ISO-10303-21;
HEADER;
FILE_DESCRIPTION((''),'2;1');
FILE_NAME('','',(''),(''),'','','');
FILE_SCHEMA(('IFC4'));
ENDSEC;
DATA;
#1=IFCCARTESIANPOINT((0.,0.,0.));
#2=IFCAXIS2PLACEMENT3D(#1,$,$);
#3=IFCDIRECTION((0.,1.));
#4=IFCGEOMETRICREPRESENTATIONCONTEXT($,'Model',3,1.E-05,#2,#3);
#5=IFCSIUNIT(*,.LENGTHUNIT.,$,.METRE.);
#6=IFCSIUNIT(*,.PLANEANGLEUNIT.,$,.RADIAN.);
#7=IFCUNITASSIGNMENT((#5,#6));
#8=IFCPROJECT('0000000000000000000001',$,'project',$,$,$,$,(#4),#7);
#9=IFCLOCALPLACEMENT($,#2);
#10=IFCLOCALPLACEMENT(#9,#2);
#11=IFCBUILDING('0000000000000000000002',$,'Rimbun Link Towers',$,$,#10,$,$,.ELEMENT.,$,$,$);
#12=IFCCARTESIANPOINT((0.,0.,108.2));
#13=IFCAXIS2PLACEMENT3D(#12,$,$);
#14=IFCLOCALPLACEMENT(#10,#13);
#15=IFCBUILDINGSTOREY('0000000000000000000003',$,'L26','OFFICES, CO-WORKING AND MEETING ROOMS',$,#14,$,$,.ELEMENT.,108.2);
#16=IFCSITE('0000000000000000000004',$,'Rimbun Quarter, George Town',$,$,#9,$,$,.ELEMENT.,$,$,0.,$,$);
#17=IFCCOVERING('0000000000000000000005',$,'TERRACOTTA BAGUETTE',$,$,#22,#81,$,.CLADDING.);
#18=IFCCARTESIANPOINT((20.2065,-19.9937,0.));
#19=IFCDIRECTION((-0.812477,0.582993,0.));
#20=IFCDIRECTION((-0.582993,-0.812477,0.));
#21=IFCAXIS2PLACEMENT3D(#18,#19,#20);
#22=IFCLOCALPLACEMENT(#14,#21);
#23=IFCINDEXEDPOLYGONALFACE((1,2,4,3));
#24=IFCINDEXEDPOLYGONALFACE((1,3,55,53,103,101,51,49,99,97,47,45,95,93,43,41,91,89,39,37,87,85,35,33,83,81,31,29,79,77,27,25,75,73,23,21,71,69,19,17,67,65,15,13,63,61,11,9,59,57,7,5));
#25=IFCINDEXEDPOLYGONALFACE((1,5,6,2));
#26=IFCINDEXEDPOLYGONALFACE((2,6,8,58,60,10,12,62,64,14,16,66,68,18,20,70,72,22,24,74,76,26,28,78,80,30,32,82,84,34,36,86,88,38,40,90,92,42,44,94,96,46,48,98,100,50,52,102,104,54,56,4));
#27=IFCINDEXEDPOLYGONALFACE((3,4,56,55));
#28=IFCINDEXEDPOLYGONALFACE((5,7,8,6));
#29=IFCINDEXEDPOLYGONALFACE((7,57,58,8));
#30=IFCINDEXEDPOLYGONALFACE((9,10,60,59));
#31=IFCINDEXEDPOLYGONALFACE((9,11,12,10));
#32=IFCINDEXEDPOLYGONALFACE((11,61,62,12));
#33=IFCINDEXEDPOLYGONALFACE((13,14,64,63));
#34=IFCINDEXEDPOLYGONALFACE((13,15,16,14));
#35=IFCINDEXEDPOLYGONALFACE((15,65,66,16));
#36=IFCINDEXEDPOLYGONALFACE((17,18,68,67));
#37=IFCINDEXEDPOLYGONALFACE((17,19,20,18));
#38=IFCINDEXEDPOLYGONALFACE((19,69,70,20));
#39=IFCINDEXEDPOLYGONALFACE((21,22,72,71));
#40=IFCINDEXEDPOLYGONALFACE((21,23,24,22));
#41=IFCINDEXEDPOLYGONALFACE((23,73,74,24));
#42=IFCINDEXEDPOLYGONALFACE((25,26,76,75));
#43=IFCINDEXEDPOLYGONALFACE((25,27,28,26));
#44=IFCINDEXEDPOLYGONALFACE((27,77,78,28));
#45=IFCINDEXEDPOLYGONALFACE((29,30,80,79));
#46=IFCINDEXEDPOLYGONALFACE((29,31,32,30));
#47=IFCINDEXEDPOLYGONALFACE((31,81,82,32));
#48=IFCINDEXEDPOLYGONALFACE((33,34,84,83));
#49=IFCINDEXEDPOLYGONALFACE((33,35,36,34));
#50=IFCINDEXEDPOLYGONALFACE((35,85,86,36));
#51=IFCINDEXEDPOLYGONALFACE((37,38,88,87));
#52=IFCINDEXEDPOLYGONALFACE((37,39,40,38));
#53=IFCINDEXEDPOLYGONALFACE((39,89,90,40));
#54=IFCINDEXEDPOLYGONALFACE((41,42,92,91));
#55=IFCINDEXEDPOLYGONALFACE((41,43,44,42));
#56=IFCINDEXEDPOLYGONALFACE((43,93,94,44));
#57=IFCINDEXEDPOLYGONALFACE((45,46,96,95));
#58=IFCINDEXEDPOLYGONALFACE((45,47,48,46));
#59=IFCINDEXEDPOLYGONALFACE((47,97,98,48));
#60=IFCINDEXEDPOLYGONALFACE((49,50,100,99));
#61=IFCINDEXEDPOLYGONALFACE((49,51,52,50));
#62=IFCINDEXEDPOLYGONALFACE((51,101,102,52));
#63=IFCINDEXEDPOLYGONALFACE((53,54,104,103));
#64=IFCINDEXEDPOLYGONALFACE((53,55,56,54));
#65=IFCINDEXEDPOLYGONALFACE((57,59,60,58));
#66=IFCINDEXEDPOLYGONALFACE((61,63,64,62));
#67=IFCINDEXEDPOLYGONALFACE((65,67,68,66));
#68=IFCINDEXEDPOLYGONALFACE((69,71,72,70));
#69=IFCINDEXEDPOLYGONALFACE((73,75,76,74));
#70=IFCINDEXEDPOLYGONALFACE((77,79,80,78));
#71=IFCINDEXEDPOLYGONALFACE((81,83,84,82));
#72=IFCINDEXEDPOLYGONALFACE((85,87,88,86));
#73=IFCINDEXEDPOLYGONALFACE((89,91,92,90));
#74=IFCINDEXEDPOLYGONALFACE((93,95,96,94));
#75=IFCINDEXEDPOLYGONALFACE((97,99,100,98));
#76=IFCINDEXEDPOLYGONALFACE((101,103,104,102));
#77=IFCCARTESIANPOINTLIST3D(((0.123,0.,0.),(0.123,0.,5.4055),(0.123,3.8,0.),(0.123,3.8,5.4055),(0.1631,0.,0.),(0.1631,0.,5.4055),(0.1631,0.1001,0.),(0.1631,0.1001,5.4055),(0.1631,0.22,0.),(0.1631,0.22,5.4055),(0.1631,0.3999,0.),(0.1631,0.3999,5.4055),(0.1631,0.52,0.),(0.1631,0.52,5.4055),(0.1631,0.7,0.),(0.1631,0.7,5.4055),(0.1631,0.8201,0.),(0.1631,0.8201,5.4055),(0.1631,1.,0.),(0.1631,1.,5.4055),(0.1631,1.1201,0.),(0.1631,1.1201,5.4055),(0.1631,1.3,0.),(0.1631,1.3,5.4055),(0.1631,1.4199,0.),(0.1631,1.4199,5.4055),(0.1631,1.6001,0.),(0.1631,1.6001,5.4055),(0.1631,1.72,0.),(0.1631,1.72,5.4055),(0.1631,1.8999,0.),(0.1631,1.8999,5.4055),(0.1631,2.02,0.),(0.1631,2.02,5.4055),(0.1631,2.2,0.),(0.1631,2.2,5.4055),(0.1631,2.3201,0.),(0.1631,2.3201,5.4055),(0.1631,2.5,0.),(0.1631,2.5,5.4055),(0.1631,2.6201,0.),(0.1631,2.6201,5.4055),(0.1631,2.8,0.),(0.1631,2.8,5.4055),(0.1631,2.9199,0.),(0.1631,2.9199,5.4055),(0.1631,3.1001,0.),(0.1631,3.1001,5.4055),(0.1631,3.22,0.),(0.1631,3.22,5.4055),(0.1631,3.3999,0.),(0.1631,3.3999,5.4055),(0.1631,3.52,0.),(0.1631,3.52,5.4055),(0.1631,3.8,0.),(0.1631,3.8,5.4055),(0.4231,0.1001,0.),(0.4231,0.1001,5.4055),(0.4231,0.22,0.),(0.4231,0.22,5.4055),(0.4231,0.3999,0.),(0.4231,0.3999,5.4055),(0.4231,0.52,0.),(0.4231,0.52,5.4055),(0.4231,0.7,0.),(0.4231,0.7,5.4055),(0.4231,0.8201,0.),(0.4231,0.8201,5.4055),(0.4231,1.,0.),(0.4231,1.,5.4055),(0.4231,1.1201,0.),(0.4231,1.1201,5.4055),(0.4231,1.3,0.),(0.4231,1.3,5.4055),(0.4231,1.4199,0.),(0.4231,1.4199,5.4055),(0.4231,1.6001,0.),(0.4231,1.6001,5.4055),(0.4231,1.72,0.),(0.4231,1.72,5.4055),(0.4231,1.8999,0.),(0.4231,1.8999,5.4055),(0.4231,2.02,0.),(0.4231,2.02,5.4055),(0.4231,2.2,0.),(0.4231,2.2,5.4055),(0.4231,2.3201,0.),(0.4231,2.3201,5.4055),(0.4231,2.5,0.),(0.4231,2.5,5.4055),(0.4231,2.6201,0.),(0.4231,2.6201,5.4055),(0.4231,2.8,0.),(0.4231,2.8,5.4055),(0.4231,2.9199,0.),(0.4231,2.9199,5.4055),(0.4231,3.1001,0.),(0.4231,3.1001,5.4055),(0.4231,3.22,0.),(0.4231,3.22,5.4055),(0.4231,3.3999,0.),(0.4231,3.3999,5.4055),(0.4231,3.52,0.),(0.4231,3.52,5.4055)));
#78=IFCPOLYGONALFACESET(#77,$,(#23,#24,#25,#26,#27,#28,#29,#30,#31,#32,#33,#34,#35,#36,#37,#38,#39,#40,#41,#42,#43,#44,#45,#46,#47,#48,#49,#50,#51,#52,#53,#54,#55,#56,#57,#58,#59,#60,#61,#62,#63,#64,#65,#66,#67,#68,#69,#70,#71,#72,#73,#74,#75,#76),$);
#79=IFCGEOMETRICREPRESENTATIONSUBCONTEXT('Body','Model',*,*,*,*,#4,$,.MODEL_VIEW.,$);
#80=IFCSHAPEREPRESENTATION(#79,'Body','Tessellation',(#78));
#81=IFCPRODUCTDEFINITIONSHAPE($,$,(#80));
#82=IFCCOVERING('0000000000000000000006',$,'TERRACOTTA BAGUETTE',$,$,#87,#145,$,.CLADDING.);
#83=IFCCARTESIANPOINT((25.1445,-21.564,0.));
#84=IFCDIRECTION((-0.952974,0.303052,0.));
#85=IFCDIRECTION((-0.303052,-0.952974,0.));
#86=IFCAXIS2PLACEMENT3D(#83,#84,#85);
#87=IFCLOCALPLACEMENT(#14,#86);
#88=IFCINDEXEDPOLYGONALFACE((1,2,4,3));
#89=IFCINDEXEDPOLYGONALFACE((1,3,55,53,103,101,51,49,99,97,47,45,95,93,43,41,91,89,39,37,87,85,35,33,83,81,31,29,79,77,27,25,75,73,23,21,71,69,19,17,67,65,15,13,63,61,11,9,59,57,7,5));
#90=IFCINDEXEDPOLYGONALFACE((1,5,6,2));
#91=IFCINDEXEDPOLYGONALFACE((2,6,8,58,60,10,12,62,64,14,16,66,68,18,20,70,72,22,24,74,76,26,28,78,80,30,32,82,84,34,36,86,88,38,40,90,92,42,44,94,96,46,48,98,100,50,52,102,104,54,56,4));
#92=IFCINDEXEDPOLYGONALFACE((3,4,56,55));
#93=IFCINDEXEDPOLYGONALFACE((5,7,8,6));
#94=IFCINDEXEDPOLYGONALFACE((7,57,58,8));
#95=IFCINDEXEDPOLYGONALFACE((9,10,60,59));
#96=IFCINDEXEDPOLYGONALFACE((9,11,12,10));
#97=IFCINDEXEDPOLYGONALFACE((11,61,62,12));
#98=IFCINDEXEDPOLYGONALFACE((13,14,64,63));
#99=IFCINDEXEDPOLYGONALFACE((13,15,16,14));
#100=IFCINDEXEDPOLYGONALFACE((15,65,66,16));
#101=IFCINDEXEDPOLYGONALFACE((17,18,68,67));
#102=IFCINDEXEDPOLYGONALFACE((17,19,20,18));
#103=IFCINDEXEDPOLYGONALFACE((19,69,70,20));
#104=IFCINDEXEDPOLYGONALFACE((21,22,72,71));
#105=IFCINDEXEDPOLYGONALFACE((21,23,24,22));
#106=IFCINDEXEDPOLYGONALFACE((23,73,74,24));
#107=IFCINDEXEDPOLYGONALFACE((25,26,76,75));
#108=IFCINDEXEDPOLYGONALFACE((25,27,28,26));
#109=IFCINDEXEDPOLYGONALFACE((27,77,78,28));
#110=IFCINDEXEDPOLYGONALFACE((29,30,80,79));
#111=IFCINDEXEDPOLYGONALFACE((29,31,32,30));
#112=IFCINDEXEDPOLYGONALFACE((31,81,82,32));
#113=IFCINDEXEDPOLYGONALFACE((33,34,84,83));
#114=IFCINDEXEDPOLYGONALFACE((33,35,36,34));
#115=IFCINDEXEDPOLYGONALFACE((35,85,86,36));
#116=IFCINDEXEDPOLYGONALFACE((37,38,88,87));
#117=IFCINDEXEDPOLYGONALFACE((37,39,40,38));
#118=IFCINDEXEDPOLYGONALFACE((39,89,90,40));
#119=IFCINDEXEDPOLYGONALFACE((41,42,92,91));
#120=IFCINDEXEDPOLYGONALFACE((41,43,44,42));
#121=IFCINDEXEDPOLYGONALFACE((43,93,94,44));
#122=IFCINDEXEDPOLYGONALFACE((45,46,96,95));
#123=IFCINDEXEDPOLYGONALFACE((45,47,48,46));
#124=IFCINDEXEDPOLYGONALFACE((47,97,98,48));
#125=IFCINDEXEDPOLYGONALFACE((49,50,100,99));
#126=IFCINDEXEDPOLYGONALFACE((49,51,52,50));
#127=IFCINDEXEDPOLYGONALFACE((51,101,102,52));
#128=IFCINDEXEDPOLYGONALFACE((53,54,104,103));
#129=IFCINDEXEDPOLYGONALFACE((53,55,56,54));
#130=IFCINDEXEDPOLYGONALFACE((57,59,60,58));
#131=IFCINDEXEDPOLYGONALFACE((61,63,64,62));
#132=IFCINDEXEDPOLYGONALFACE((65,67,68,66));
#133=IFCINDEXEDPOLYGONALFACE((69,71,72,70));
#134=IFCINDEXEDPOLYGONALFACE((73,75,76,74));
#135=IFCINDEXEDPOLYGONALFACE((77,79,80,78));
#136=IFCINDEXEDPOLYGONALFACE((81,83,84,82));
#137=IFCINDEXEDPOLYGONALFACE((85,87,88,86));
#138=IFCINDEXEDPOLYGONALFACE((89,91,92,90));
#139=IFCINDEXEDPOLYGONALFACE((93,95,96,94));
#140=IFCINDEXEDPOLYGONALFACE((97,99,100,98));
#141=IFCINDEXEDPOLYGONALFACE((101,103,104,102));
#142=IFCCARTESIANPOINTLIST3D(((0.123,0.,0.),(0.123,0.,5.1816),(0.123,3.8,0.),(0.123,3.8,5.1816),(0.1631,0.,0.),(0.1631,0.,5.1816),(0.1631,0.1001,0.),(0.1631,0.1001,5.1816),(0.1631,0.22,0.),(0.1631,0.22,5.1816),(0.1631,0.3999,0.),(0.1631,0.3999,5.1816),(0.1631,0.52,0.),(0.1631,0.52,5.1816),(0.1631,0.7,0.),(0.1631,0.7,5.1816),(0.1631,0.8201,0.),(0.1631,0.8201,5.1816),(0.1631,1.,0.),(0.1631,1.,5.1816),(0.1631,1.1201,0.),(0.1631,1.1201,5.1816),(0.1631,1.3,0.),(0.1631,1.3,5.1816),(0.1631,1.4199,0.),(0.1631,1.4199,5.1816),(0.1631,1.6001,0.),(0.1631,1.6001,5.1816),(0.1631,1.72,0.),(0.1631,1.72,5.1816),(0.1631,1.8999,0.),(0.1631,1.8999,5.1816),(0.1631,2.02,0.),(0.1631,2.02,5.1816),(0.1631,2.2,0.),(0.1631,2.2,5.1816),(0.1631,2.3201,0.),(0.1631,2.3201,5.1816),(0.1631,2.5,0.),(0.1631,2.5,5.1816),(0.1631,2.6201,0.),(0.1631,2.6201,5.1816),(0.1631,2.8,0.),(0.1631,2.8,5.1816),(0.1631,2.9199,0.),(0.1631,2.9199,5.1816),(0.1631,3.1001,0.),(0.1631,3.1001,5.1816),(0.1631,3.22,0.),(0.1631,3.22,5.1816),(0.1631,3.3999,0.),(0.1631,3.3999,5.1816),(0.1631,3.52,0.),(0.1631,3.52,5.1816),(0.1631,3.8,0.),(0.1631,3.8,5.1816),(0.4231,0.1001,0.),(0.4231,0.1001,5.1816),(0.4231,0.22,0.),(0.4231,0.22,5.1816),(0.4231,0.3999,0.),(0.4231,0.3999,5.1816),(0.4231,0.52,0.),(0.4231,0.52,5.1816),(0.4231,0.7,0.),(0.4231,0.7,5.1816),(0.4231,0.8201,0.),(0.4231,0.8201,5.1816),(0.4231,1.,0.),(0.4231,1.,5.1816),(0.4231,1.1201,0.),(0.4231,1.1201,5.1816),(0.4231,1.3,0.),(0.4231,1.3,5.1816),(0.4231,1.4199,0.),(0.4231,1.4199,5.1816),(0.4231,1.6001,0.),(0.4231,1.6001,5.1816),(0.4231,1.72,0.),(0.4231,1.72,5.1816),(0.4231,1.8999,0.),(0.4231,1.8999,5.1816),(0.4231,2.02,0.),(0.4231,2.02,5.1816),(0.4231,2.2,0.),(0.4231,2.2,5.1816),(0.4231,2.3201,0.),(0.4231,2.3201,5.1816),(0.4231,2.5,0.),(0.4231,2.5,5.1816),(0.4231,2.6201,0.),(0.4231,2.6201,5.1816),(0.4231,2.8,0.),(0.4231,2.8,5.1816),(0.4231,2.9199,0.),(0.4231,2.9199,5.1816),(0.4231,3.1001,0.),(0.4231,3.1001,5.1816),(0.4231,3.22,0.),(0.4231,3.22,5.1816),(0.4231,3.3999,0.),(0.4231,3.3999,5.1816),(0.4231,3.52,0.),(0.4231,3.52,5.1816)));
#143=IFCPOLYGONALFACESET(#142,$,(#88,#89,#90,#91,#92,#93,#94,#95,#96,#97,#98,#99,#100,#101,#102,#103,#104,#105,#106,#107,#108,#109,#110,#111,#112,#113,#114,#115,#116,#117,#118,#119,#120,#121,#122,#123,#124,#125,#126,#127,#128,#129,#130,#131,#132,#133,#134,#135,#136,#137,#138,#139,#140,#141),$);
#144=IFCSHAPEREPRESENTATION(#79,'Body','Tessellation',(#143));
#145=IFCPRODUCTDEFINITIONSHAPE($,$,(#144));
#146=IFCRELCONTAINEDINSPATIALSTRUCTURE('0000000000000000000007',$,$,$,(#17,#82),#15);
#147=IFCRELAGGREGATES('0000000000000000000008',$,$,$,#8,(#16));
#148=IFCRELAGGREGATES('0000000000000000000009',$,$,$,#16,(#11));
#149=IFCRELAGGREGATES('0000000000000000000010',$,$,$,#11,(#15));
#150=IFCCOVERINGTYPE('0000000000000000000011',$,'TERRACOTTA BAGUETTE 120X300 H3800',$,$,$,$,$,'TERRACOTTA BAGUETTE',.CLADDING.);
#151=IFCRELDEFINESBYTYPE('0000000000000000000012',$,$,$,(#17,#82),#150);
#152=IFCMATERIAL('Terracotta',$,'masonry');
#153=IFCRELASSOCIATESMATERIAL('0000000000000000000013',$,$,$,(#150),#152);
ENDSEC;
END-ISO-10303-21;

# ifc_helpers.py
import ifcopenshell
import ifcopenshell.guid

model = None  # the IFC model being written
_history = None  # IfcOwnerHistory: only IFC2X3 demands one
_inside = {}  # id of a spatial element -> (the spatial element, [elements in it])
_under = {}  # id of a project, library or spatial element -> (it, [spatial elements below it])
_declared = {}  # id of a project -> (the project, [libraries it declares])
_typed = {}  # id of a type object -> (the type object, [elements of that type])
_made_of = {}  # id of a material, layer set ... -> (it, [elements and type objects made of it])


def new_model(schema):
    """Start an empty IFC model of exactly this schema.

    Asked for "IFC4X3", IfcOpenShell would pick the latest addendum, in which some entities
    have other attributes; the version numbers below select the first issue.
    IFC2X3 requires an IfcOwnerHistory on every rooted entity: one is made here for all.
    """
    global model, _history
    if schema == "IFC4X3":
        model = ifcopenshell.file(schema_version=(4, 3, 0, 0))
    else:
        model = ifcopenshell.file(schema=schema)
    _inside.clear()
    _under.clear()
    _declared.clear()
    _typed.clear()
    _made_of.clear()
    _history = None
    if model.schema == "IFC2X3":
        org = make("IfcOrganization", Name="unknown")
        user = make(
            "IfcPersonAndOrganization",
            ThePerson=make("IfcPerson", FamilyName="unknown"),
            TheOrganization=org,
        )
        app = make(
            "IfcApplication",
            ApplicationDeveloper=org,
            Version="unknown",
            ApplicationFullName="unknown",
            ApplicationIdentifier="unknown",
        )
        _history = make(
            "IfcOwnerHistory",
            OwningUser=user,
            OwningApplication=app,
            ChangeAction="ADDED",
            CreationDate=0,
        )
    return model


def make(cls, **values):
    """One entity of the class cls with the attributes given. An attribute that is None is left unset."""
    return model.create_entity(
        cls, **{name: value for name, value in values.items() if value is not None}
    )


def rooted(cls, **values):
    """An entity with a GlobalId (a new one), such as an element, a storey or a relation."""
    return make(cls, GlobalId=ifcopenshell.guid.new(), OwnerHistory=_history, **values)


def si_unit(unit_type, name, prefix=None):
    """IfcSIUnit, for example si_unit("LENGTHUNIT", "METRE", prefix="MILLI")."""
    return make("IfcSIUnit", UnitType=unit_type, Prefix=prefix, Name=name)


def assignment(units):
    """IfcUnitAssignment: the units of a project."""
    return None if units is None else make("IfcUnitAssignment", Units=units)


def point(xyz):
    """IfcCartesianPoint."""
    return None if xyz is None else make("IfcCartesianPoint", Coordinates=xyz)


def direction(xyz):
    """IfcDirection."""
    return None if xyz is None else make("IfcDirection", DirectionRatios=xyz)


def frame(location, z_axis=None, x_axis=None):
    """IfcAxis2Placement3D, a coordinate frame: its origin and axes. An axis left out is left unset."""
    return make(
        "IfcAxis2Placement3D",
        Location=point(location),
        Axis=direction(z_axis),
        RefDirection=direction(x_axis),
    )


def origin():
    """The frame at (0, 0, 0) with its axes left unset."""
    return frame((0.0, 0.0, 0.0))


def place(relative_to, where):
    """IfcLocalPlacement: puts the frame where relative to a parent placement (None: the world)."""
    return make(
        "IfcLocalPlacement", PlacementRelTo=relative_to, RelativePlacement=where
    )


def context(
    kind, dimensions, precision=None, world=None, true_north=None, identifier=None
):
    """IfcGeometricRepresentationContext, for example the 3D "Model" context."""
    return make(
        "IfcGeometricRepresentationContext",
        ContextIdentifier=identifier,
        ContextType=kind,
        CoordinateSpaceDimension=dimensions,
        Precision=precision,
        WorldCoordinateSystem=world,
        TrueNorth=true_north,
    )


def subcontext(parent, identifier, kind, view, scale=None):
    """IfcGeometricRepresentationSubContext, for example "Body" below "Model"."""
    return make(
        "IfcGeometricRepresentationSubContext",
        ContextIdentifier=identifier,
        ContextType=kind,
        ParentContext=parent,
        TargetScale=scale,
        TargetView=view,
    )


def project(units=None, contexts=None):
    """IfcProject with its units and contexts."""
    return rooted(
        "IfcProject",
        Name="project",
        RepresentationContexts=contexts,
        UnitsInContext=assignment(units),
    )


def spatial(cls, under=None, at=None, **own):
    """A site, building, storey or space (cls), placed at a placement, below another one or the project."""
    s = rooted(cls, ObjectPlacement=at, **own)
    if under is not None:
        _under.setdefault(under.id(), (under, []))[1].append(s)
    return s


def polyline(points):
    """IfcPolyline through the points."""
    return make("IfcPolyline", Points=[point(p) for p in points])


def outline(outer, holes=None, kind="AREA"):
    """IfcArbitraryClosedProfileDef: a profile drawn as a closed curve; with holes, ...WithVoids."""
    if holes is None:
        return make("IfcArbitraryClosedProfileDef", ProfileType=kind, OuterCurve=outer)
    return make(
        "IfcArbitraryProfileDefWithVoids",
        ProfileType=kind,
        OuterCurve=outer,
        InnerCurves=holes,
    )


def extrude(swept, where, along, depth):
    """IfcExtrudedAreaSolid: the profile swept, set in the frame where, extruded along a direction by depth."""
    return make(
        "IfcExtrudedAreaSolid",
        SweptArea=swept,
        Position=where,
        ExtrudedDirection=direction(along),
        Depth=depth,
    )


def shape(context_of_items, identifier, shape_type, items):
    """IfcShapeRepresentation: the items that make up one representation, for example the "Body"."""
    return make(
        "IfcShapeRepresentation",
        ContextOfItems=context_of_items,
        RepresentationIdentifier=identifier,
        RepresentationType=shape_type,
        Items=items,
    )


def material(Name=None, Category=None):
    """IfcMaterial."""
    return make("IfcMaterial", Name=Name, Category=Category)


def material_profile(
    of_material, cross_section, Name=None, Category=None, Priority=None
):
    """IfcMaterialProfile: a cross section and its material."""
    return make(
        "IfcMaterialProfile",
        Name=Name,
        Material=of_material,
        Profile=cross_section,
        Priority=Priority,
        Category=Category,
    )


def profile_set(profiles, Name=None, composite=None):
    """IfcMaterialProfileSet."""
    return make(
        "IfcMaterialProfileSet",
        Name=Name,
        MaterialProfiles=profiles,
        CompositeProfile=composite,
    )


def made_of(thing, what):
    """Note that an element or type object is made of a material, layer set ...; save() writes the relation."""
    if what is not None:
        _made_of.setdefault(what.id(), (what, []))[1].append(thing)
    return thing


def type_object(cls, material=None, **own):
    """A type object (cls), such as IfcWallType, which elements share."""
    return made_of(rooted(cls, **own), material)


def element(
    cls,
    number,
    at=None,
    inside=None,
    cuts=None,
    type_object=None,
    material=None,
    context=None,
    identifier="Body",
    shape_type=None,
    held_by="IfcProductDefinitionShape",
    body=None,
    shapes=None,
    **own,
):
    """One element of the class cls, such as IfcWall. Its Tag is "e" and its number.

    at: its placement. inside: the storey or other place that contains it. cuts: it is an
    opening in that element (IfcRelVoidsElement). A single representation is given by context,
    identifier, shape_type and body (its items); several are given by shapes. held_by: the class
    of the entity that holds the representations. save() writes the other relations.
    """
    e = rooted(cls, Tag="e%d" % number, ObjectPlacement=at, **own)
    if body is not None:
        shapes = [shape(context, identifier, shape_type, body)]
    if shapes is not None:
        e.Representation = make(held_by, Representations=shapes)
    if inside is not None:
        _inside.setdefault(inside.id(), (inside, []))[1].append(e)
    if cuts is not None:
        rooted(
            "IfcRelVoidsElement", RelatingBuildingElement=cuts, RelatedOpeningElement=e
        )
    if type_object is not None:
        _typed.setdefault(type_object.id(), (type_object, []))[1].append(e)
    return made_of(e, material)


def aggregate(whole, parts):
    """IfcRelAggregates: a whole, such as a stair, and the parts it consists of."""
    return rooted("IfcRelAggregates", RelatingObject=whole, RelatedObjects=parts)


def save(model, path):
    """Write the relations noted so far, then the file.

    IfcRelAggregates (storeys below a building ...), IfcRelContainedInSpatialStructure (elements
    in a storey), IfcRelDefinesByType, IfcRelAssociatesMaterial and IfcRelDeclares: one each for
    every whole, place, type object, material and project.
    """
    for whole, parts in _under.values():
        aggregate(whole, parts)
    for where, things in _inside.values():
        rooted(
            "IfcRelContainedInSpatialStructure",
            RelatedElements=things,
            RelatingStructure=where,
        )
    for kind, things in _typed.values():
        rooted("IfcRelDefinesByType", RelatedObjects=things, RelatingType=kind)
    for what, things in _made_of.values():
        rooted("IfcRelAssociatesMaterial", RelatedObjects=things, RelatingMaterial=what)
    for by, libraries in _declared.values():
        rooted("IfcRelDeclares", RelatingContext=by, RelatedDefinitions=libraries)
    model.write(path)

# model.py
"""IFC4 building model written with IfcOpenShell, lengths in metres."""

from ifc_helpers import new_model, si_unit, direction, frame, origin, place, context, subcontext, project, spatial, polyline, outline, extrude, material, material_profile, profile_set, type_object, element, save


model = new_model("IFC4")

# Units and contexts
model_context = context("Model", 3, precision=1e-05, world=origin(), true_north=direction((0.0, 1.0)))
body_context = subcontext(model_context, "Body", "Model", "MODEL_VIEW")
ifc_project = project(units=[si_unit("LENGTHUNIT", "METRE"), si_unit("PLANEANGLEUNIT", "RADIAN")], contexts=[model_context])

# Site, building, storey
site_placement = place(None, origin())
site = spatial("IfcSite", under=ifc_project, at=site_placement, Name="Rimbun Quarter, George Town", CompositionType="ELEMENT", RefElevation=0.0)
building_placement = place(site_placement, origin())
building = spatial("IfcBuilding", under=site, at=building_placement, Name="Rimbun Link Towers", CompositionType="ELEMENT")
storey_placement = place(building_placement, frame((0.0, 0.0, 108.2)))
storey = spatial("IfcBuildingStorey", under=building, at=storey_placement, Name="L26", Description="OFFICES, CO-WORKING AND MEETING ROOMS", CompositionType="ELEMENT", Elevation=108.2)

# Coverings
ifc_material_1 = material(Name="Terracotta", Category="masonry")
ifc_material_profile_1 = material_profile(ifc_material_1, outline(polyline([(0.123, 0.0), (0.1631, 0.0), (0.1631, 0.1001), (0.4231, 0.1001), (0.4231, 0.22), (0.1631, 0.22), (0.1631, 0.3999), (0.4231, 0.3999), (0.4231, 0.52), (0.1631, 0.52), (0.1631, 0.7), (0.4231, 0.7), (0.4231, 0.8201), (0.1631, 0.8201), (0.1631, 1.0), (0.4231, 1.0), (0.4231, 1.1201), (0.1631, 1.1201), (0.1631, 1.3), (0.4231, 1.3), (0.4231, 1.4199), (0.1631, 1.4199), (0.1631, 1.6001), (0.4231, 1.6001), (0.4231, 1.72), (0.1631, 1.72), (0.1631, 1.8999), (0.4231, 1.8999), (0.4231, 2.02), (0.1631, 2.02), (0.1631, 2.2), (0.4231, 2.2), (0.4231, 2.3201), (0.1631, 2.3201), (0.1631, 2.5), (0.4231, 2.5), (0.4231, 2.6201), (0.1631, 2.6201), (0.1631, 2.8), (0.4231, 2.8), (0.4231, 2.9199), (0.1631, 2.9199), (0.1631, 3.1001), (0.4231, 3.1001), (0.4231, 3.22), (0.1631, 3.22), (0.1631, 3.3999), (0.4231, 3.3999), (0.4231, 3.52), (0.1631, 3.52), (0.1631, 3.8), (0.123, 3.8), (0.123, 0.0)])), Name="BAGUETTE 120X300")
ifc_profile_set_1 = profile_set([ifc_material_profile_1], Name="Terracotta")
covering_type = type_object("IfcCoveringType", Name="TERRACOTTA BAGUETTE 120X300 H3800", ElementType="TERRACOTTA BAGUETTE", PredefinedType="CLADDING", material=ifc_profile_set_1)
covering_1_placement = place(storey_placement, frame((20.2065, -19.9937, 0.0), z_axis=(-0.812477, 0.582993, 0.0), x_axis=(-0.582993, -0.812477, 0.0)))
element("IfcCovering", 1, at=covering_1_placement, inside=storey, type_object=covering_type, Name="TERRACOTTA BAGUETTE", PredefinedType="CLADDING", context=body_context, shape_type="SweptSolid", body=[
    extrude(outline(polyline([(0.123, 0.0), (0.1631, 0.0), (0.1631, 0.1001), (0.4231, 0.1001), (0.4231, 0.22), (0.1631, 0.22), (0.1631, 0.3999), (0.4231, 0.3999), (0.4231, 0.52), (0.1631, 0.52), (0.1631, 0.7), (0.4231, 0.7), (0.4231, 0.8201), (0.1631, 0.8201), (0.1631, 1.0), (0.4231, 1.0), (0.4231, 1.1201), (0.1631, 1.1201), (0.1631, 1.3), (0.4231, 1.3), (0.4231, 1.4199), (0.1631, 1.4199), (0.1631, 1.6001), (0.4231, 1.6001), (0.4231, 1.72), (0.1631, 1.72), (0.1631, 1.8999), (0.4231, 1.8999), (0.4231, 2.02), (0.1631, 2.02), (0.1631, 2.2), (0.4231, 2.2), (0.4231, 2.3201), (0.1631, 2.3201), (0.1631, 2.5), (0.4231, 2.5), (0.4231, 2.6201), (0.1631, 2.6201), (0.1631, 2.8), (0.4231, 2.8), (0.4231, 2.9199), (0.1631, 2.9199), (0.1631, 3.1001), (0.4231, 3.1001), (0.4231, 3.22), (0.1631, 3.22), (0.1631, 3.3999), (0.4231, 3.3999), (0.4231, 3.52), (0.1631, 3.52), (0.1631, 3.8), (0.123, 3.8), (0.123, 0.0)])), origin(), (0.0, 0.0, 1.0), 5.4055),
])
covering_2_placement = place(storey_placement, frame((25.1445, -21.564, 0.0), z_axis=(-0.952974, 0.303052, 0.0), x_axis=(-0.303052, -0.952974, 0.0)))
element("IfcCovering", 2, at=covering_2_placement, inside=storey, type_object=covering_type, Name="TERRACOTTA BAGUETTE", PredefinedType="CLADDING", context=body_context, shape_type="SweptSolid", body=[
    extrude(outline(polyline([(0.123, 0.0), (0.1631, 0.0), (0.1631, 0.1001), (0.4231, 0.1001), (0.4231, 0.22), (0.1631, 0.22), (0.1631, 0.3999), (0.4231, 0.3999), (0.4231, 0.52), (0.1631, 0.52), (0.1631, 0.7), (0.4231, 0.7), (0.4231, 0.8201), (0.1631, 0.8201), (0.1631, 1.0), (0.4231, 1.0), (0.4231, 1.1201), (0.1631, 1.1201), (0.1631, 1.3), (0.4231, 1.3), (0.4231, 1.4199), (0.1631, 1.4199), (0.1631, 1.6001), (0.4231, 1.6001), (0.4231, 1.72), (0.1631, 1.72), (0.1631, 1.8999), (0.4231, 1.8999), (0.4231, 2.02), (0.1631, 2.02), (0.1631, 2.2), (0.4231, 2.2), (0.4231, 2.3201), (0.1631, 2.3201), (0.1631, 2.5), (0.4231, 2.5), (0.4231, 2.6201), (0.1631, 2.6201), (0.1631, 2.8), (0.4231, 2.8), (0.4231, 2.9199), (0.1631, 2.9199), (0.1631, 3.1001), (0.4231, 3.1001), (0.4231, 3.22), (0.1631, 3.22), (0.1631, 3.3999), (0.4231, 3.3999), (0.4231, 3.52), (0.1631, 3.52), (0.1631, 3.8), (0.123, 3.8), (0.123, 0.0)])), origin(), (0.0, 0.0, 1.0), 5.1816),
])

save(model, "model.ifc")
